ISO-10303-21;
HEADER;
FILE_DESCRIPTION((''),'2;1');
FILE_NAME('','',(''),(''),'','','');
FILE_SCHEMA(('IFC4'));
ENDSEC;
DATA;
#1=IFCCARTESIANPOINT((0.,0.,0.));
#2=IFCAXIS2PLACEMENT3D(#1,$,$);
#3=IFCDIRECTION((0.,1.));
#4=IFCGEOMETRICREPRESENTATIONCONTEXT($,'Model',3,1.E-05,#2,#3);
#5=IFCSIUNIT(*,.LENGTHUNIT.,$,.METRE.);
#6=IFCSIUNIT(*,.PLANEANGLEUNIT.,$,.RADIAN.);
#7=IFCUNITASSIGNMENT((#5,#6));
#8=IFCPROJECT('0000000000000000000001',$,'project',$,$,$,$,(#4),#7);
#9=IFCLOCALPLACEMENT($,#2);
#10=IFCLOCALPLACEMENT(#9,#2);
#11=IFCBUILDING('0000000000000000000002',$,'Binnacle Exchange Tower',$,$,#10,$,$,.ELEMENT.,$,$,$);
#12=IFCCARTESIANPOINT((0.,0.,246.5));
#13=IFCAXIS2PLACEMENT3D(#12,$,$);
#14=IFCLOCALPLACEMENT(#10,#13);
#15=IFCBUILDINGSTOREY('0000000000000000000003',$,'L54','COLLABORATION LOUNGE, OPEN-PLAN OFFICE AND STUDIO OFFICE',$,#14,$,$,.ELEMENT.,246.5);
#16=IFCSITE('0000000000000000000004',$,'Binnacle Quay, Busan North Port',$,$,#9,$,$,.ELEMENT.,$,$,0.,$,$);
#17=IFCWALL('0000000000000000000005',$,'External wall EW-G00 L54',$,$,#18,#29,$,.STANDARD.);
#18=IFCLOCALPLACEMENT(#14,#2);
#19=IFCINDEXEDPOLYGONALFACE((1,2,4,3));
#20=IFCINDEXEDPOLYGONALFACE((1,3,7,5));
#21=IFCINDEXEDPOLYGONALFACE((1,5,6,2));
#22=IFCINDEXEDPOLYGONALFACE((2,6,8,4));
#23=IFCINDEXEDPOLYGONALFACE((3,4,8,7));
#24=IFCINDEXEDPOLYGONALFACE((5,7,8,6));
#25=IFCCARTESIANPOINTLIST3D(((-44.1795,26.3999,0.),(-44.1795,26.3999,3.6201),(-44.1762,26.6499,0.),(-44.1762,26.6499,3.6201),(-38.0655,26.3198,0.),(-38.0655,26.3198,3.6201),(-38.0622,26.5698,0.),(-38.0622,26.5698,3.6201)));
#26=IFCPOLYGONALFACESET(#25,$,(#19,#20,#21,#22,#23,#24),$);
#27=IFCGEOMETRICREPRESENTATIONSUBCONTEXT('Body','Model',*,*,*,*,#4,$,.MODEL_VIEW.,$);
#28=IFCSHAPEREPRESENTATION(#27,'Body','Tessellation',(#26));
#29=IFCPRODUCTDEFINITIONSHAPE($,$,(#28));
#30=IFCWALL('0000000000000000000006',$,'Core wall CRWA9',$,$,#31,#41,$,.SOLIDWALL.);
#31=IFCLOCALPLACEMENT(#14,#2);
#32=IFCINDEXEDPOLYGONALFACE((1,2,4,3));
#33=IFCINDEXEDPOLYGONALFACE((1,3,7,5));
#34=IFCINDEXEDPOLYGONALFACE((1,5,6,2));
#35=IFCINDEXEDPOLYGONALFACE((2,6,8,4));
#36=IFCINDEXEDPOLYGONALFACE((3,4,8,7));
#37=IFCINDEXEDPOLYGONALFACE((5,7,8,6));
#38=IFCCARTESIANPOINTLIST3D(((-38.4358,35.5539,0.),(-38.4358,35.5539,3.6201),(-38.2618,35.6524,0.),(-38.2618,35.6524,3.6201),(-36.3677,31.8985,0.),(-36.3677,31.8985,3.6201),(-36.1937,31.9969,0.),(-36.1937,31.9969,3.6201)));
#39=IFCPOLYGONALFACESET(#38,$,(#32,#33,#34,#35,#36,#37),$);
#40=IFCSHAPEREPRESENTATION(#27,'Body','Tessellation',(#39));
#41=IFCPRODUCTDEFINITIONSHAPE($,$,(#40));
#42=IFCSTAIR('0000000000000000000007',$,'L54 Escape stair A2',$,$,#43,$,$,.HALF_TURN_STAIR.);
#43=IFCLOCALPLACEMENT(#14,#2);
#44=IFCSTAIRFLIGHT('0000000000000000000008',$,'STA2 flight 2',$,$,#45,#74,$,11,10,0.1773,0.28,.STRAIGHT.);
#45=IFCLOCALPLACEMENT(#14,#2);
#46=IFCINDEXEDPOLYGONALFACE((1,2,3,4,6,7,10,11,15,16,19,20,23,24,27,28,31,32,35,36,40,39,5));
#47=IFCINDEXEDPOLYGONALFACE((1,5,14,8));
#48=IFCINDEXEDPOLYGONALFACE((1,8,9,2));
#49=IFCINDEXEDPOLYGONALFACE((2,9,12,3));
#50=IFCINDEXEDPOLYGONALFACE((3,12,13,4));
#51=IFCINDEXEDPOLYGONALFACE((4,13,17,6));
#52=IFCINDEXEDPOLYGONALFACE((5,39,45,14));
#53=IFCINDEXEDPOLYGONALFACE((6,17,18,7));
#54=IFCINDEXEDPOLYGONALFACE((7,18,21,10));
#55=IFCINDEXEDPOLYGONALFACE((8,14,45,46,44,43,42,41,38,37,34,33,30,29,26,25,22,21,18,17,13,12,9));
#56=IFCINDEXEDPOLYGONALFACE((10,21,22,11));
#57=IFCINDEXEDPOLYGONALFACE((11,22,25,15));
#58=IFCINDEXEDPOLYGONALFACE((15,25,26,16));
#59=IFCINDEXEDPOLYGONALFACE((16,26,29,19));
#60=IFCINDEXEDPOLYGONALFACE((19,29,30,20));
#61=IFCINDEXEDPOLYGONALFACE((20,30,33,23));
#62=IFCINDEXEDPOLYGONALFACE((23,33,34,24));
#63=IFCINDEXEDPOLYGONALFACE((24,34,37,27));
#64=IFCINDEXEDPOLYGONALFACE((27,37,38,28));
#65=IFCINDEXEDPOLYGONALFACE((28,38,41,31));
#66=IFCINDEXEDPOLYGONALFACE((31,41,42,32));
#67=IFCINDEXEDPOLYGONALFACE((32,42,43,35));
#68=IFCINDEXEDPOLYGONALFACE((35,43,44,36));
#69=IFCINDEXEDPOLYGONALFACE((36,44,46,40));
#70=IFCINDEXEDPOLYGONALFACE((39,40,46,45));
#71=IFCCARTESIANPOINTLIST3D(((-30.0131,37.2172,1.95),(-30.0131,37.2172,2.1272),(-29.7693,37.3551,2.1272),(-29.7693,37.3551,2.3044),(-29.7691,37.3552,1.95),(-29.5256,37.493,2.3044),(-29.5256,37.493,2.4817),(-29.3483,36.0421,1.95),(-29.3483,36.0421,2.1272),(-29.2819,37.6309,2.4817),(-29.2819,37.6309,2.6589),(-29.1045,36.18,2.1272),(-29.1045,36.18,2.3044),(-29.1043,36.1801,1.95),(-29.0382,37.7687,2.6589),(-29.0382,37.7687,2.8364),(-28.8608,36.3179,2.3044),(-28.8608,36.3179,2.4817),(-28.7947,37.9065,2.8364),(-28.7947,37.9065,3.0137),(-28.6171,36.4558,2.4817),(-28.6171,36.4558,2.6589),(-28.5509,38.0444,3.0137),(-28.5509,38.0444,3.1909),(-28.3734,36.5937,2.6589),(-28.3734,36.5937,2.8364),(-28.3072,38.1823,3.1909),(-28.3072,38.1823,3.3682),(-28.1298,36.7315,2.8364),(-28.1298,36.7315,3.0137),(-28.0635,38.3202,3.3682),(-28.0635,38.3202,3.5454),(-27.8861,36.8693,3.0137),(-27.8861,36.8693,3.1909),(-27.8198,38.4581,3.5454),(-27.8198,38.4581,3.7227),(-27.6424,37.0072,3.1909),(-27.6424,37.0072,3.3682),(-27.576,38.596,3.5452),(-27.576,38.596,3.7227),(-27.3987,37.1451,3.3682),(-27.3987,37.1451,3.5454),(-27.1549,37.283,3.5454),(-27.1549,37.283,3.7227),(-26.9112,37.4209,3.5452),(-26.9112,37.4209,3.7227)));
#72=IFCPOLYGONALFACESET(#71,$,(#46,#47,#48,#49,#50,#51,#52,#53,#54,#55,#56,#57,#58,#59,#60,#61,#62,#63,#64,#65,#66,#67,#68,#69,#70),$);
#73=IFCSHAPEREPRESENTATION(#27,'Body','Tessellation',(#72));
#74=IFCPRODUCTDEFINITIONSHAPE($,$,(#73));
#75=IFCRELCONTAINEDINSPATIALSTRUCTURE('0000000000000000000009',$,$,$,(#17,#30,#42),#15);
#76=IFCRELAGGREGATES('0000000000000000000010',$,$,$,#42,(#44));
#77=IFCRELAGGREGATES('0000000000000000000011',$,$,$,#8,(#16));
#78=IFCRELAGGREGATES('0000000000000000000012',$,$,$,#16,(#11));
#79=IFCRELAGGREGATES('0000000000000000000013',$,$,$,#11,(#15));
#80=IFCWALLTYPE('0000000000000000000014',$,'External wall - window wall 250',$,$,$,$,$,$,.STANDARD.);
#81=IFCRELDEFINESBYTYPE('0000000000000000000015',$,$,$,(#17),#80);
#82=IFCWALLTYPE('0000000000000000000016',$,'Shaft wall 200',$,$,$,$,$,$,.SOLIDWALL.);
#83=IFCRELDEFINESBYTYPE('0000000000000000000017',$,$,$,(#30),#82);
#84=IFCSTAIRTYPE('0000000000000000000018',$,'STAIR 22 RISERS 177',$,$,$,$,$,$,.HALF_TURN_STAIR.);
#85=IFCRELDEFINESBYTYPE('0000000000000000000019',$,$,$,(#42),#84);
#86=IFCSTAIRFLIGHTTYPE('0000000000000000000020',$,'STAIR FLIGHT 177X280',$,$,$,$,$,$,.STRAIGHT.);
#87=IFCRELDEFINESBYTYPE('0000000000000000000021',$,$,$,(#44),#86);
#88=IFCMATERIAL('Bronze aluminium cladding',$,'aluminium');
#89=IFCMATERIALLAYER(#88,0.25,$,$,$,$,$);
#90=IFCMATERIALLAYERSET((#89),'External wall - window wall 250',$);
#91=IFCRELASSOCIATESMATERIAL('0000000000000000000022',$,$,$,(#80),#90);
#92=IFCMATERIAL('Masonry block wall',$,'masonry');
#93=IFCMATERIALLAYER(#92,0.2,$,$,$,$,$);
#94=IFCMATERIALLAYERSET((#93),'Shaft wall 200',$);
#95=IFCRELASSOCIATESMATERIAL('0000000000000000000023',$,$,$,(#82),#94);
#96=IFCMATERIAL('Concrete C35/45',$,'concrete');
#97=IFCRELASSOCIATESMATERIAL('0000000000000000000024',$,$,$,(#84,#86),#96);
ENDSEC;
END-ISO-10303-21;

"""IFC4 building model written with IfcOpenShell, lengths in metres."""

from ifc_helpers import new_model, si_unit, direction, frame, frame_2d, origin, place, context, subcontext, project, spatial, polyline, rectangle, outline, extrude, material, layer, layer_set, type_object, element, aggregate, save


model = new_model("IFC4")

# Units and contexts
model_context = context("Model", 3, precision=1e-05, world=origin(), true_north=direction((0.0, 1.0)))
body_context = subcontext(model_context, "Body", "Model", "MODEL_VIEW")
ifc_project = project(units=[si_unit("LENGTHUNIT", "METRE"), si_unit("PLANEANGLEUNIT", "RADIAN")], contexts=[model_context])

# Site, building, storey
site_placement = place(None, origin())
site = spatial("IfcSite", under=ifc_project, at=site_placement, Name="Binnacle Quay, Busan North Port", CompositionType="ELEMENT", RefElevation=0.0)
building_placement = place(site_placement, origin())
building = spatial("IfcBuilding", under=site, at=building_placement, Name="Binnacle Exchange Tower", CompositionType="ELEMENT")
storey_placement = place(building_placement, frame((0.0, 0.0, 246.5)))
storey = spatial("IfcBuildingStorey", under=building, at=storey_placement, Name="L54", Description="COLLABORATION LOUNGE, OPEN-PLAN OFFICE AND STUDIO OFFICE", CompositionType="ELEMENT", Elevation=246.5)

# Walls
ifc_material_1 = material(Name="Bronze aluminium cladding", Category="aluminium")
ifc_layer_1 = layer(ifc_material_1, 0.25)
ifc_layer_set_1 = layer_set([ifc_layer_1], Name="External wall - window wall 250")
wall_type_1 = type_object("IfcWallType", Name="External wall - window wall 250", PredefinedType="STANDARD", material=ifc_layer_set_1)
wall_1_placement = place(storey_placement, frame((-38.064, 26.4448, 0.0), z_axis=(0.0, 0.0, 1.0), x_axis=(-0.999914, 0.013096, 0.0)))
element("IfcWall", 1, at=wall_1_placement, inside=storey, type_object=wall_type_1, Name="External wall EW-G00 L54", PredefinedType="STANDARD", context=body_context, shape_type="SweptSolid", body=[
    extrude(rectangle(XDim=6.1145, YDim=0.25, at=frame_2d((3.0571, 0.0))), origin(), (0.0, 0.0, 1.0), 3.6201),
])
ifc_material_2 = material(Name="Masonry block wall", Category="masonry")
ifc_layer_2 = layer(ifc_material_2, 0.2)
ifc_layer_set_2 = layer_set([ifc_layer_2], Name="Shaft wall 200")
wall_type_2 = type_object("IfcWallType", Name="Shaft wall 200", PredefinedType="SOLIDWALL", material=ifc_layer_set_2)
wall_2_placement = place(storey_placement, frame((-38.3489, 35.6033, 0.0), z_axis=(0.0, 0.0, 1.0), x_axis=(0.49241, -0.870364, 0.0)))
element("IfcWall", 2, at=wall_2_placement, inside=storey, type_object=wall_type_2, Name="Core wall CRWA9", PredefinedType="SOLIDWALL", context=body_context, shape_type="SweptSolid", body=[
    extrude(rectangle(XDim=4.2, YDim=0.2, at=frame_2d((2.1001, 0.0))), origin(), (0.0, 0.0, 1.0), 3.6201),
])

# Stair, stair flight
ifc_material_3 = material(Name="Concrete C35/45", Category="concrete")
stair_type = type_object("IfcStairType", Name="STAIR 22 RISERS 177", PredefinedType="HALF_TURN_STAIR", material=ifc_material_3)
stair_placement = place(storey_placement, origin())
stair = element("IfcStair", 3, at=stair_placement, inside=storey, type_object=stair_type, Name="L54 Escape stair A2", PredefinedType="HALF_TURN_STAIR")
stair_flight_type = type_object("IfcStairFlightType", Name="STAIR FLIGHT 177X280", PredefinedType="STRAIGHT", material=ifc_material_3)
stair_flight_placement = place(storey_placement, frame((-29.6807, 36.6296, 1.95), z_axis=(0.0, 0.0, 1.0), x_axis=(0.870356, 0.492424, 0.0)))
stair_flight = element("IfcStairFlight", 4, at=stair_flight_placement, type_object=stair_flight_type, Name="STA2 flight 2", NumberOfRisers=11, NumberOfTreads=10, PredefinedType="STRAIGHT", RiserHeight=0.1773, TreadLength=0.28, context=body_context, shape_type="SweptSolid", body=[
    extrude(outline(polyline([(0.0, 0.0), (0.0, 0.1772), (0.28, 0.1772), (0.28, 0.3545), (0.5601, 0.3545), (0.5601, 0.5317), (0.8401, 0.5317), (0.8401, 0.709), (1.1201, 0.709), (1.1201, 0.8865), (1.3999, 0.8865), (1.3999, 1.0637), (1.6799, 1.0637), (1.6799, 1.241), (1.96, 1.241), (1.96, 1.4182), (2.24, 1.4182), (2.24, 1.5955), (2.52, 1.5955), (2.52, 1.7727), (2.8, 1.7727), (2.8, 1.95), (2.8, 1.5952), (0.2803, 0.0), (0.0, 0.0)])), frame((0.0, 0.675, 0.0), z_axis=(0.0, -1.0, 0.0), x_axis=(1.0, 0.0, 0.0)), (0.0, 0.0, 1.0), 1.3501),
])
aggregate(stair, [stair_flight])

save(model, "model.ifc")
